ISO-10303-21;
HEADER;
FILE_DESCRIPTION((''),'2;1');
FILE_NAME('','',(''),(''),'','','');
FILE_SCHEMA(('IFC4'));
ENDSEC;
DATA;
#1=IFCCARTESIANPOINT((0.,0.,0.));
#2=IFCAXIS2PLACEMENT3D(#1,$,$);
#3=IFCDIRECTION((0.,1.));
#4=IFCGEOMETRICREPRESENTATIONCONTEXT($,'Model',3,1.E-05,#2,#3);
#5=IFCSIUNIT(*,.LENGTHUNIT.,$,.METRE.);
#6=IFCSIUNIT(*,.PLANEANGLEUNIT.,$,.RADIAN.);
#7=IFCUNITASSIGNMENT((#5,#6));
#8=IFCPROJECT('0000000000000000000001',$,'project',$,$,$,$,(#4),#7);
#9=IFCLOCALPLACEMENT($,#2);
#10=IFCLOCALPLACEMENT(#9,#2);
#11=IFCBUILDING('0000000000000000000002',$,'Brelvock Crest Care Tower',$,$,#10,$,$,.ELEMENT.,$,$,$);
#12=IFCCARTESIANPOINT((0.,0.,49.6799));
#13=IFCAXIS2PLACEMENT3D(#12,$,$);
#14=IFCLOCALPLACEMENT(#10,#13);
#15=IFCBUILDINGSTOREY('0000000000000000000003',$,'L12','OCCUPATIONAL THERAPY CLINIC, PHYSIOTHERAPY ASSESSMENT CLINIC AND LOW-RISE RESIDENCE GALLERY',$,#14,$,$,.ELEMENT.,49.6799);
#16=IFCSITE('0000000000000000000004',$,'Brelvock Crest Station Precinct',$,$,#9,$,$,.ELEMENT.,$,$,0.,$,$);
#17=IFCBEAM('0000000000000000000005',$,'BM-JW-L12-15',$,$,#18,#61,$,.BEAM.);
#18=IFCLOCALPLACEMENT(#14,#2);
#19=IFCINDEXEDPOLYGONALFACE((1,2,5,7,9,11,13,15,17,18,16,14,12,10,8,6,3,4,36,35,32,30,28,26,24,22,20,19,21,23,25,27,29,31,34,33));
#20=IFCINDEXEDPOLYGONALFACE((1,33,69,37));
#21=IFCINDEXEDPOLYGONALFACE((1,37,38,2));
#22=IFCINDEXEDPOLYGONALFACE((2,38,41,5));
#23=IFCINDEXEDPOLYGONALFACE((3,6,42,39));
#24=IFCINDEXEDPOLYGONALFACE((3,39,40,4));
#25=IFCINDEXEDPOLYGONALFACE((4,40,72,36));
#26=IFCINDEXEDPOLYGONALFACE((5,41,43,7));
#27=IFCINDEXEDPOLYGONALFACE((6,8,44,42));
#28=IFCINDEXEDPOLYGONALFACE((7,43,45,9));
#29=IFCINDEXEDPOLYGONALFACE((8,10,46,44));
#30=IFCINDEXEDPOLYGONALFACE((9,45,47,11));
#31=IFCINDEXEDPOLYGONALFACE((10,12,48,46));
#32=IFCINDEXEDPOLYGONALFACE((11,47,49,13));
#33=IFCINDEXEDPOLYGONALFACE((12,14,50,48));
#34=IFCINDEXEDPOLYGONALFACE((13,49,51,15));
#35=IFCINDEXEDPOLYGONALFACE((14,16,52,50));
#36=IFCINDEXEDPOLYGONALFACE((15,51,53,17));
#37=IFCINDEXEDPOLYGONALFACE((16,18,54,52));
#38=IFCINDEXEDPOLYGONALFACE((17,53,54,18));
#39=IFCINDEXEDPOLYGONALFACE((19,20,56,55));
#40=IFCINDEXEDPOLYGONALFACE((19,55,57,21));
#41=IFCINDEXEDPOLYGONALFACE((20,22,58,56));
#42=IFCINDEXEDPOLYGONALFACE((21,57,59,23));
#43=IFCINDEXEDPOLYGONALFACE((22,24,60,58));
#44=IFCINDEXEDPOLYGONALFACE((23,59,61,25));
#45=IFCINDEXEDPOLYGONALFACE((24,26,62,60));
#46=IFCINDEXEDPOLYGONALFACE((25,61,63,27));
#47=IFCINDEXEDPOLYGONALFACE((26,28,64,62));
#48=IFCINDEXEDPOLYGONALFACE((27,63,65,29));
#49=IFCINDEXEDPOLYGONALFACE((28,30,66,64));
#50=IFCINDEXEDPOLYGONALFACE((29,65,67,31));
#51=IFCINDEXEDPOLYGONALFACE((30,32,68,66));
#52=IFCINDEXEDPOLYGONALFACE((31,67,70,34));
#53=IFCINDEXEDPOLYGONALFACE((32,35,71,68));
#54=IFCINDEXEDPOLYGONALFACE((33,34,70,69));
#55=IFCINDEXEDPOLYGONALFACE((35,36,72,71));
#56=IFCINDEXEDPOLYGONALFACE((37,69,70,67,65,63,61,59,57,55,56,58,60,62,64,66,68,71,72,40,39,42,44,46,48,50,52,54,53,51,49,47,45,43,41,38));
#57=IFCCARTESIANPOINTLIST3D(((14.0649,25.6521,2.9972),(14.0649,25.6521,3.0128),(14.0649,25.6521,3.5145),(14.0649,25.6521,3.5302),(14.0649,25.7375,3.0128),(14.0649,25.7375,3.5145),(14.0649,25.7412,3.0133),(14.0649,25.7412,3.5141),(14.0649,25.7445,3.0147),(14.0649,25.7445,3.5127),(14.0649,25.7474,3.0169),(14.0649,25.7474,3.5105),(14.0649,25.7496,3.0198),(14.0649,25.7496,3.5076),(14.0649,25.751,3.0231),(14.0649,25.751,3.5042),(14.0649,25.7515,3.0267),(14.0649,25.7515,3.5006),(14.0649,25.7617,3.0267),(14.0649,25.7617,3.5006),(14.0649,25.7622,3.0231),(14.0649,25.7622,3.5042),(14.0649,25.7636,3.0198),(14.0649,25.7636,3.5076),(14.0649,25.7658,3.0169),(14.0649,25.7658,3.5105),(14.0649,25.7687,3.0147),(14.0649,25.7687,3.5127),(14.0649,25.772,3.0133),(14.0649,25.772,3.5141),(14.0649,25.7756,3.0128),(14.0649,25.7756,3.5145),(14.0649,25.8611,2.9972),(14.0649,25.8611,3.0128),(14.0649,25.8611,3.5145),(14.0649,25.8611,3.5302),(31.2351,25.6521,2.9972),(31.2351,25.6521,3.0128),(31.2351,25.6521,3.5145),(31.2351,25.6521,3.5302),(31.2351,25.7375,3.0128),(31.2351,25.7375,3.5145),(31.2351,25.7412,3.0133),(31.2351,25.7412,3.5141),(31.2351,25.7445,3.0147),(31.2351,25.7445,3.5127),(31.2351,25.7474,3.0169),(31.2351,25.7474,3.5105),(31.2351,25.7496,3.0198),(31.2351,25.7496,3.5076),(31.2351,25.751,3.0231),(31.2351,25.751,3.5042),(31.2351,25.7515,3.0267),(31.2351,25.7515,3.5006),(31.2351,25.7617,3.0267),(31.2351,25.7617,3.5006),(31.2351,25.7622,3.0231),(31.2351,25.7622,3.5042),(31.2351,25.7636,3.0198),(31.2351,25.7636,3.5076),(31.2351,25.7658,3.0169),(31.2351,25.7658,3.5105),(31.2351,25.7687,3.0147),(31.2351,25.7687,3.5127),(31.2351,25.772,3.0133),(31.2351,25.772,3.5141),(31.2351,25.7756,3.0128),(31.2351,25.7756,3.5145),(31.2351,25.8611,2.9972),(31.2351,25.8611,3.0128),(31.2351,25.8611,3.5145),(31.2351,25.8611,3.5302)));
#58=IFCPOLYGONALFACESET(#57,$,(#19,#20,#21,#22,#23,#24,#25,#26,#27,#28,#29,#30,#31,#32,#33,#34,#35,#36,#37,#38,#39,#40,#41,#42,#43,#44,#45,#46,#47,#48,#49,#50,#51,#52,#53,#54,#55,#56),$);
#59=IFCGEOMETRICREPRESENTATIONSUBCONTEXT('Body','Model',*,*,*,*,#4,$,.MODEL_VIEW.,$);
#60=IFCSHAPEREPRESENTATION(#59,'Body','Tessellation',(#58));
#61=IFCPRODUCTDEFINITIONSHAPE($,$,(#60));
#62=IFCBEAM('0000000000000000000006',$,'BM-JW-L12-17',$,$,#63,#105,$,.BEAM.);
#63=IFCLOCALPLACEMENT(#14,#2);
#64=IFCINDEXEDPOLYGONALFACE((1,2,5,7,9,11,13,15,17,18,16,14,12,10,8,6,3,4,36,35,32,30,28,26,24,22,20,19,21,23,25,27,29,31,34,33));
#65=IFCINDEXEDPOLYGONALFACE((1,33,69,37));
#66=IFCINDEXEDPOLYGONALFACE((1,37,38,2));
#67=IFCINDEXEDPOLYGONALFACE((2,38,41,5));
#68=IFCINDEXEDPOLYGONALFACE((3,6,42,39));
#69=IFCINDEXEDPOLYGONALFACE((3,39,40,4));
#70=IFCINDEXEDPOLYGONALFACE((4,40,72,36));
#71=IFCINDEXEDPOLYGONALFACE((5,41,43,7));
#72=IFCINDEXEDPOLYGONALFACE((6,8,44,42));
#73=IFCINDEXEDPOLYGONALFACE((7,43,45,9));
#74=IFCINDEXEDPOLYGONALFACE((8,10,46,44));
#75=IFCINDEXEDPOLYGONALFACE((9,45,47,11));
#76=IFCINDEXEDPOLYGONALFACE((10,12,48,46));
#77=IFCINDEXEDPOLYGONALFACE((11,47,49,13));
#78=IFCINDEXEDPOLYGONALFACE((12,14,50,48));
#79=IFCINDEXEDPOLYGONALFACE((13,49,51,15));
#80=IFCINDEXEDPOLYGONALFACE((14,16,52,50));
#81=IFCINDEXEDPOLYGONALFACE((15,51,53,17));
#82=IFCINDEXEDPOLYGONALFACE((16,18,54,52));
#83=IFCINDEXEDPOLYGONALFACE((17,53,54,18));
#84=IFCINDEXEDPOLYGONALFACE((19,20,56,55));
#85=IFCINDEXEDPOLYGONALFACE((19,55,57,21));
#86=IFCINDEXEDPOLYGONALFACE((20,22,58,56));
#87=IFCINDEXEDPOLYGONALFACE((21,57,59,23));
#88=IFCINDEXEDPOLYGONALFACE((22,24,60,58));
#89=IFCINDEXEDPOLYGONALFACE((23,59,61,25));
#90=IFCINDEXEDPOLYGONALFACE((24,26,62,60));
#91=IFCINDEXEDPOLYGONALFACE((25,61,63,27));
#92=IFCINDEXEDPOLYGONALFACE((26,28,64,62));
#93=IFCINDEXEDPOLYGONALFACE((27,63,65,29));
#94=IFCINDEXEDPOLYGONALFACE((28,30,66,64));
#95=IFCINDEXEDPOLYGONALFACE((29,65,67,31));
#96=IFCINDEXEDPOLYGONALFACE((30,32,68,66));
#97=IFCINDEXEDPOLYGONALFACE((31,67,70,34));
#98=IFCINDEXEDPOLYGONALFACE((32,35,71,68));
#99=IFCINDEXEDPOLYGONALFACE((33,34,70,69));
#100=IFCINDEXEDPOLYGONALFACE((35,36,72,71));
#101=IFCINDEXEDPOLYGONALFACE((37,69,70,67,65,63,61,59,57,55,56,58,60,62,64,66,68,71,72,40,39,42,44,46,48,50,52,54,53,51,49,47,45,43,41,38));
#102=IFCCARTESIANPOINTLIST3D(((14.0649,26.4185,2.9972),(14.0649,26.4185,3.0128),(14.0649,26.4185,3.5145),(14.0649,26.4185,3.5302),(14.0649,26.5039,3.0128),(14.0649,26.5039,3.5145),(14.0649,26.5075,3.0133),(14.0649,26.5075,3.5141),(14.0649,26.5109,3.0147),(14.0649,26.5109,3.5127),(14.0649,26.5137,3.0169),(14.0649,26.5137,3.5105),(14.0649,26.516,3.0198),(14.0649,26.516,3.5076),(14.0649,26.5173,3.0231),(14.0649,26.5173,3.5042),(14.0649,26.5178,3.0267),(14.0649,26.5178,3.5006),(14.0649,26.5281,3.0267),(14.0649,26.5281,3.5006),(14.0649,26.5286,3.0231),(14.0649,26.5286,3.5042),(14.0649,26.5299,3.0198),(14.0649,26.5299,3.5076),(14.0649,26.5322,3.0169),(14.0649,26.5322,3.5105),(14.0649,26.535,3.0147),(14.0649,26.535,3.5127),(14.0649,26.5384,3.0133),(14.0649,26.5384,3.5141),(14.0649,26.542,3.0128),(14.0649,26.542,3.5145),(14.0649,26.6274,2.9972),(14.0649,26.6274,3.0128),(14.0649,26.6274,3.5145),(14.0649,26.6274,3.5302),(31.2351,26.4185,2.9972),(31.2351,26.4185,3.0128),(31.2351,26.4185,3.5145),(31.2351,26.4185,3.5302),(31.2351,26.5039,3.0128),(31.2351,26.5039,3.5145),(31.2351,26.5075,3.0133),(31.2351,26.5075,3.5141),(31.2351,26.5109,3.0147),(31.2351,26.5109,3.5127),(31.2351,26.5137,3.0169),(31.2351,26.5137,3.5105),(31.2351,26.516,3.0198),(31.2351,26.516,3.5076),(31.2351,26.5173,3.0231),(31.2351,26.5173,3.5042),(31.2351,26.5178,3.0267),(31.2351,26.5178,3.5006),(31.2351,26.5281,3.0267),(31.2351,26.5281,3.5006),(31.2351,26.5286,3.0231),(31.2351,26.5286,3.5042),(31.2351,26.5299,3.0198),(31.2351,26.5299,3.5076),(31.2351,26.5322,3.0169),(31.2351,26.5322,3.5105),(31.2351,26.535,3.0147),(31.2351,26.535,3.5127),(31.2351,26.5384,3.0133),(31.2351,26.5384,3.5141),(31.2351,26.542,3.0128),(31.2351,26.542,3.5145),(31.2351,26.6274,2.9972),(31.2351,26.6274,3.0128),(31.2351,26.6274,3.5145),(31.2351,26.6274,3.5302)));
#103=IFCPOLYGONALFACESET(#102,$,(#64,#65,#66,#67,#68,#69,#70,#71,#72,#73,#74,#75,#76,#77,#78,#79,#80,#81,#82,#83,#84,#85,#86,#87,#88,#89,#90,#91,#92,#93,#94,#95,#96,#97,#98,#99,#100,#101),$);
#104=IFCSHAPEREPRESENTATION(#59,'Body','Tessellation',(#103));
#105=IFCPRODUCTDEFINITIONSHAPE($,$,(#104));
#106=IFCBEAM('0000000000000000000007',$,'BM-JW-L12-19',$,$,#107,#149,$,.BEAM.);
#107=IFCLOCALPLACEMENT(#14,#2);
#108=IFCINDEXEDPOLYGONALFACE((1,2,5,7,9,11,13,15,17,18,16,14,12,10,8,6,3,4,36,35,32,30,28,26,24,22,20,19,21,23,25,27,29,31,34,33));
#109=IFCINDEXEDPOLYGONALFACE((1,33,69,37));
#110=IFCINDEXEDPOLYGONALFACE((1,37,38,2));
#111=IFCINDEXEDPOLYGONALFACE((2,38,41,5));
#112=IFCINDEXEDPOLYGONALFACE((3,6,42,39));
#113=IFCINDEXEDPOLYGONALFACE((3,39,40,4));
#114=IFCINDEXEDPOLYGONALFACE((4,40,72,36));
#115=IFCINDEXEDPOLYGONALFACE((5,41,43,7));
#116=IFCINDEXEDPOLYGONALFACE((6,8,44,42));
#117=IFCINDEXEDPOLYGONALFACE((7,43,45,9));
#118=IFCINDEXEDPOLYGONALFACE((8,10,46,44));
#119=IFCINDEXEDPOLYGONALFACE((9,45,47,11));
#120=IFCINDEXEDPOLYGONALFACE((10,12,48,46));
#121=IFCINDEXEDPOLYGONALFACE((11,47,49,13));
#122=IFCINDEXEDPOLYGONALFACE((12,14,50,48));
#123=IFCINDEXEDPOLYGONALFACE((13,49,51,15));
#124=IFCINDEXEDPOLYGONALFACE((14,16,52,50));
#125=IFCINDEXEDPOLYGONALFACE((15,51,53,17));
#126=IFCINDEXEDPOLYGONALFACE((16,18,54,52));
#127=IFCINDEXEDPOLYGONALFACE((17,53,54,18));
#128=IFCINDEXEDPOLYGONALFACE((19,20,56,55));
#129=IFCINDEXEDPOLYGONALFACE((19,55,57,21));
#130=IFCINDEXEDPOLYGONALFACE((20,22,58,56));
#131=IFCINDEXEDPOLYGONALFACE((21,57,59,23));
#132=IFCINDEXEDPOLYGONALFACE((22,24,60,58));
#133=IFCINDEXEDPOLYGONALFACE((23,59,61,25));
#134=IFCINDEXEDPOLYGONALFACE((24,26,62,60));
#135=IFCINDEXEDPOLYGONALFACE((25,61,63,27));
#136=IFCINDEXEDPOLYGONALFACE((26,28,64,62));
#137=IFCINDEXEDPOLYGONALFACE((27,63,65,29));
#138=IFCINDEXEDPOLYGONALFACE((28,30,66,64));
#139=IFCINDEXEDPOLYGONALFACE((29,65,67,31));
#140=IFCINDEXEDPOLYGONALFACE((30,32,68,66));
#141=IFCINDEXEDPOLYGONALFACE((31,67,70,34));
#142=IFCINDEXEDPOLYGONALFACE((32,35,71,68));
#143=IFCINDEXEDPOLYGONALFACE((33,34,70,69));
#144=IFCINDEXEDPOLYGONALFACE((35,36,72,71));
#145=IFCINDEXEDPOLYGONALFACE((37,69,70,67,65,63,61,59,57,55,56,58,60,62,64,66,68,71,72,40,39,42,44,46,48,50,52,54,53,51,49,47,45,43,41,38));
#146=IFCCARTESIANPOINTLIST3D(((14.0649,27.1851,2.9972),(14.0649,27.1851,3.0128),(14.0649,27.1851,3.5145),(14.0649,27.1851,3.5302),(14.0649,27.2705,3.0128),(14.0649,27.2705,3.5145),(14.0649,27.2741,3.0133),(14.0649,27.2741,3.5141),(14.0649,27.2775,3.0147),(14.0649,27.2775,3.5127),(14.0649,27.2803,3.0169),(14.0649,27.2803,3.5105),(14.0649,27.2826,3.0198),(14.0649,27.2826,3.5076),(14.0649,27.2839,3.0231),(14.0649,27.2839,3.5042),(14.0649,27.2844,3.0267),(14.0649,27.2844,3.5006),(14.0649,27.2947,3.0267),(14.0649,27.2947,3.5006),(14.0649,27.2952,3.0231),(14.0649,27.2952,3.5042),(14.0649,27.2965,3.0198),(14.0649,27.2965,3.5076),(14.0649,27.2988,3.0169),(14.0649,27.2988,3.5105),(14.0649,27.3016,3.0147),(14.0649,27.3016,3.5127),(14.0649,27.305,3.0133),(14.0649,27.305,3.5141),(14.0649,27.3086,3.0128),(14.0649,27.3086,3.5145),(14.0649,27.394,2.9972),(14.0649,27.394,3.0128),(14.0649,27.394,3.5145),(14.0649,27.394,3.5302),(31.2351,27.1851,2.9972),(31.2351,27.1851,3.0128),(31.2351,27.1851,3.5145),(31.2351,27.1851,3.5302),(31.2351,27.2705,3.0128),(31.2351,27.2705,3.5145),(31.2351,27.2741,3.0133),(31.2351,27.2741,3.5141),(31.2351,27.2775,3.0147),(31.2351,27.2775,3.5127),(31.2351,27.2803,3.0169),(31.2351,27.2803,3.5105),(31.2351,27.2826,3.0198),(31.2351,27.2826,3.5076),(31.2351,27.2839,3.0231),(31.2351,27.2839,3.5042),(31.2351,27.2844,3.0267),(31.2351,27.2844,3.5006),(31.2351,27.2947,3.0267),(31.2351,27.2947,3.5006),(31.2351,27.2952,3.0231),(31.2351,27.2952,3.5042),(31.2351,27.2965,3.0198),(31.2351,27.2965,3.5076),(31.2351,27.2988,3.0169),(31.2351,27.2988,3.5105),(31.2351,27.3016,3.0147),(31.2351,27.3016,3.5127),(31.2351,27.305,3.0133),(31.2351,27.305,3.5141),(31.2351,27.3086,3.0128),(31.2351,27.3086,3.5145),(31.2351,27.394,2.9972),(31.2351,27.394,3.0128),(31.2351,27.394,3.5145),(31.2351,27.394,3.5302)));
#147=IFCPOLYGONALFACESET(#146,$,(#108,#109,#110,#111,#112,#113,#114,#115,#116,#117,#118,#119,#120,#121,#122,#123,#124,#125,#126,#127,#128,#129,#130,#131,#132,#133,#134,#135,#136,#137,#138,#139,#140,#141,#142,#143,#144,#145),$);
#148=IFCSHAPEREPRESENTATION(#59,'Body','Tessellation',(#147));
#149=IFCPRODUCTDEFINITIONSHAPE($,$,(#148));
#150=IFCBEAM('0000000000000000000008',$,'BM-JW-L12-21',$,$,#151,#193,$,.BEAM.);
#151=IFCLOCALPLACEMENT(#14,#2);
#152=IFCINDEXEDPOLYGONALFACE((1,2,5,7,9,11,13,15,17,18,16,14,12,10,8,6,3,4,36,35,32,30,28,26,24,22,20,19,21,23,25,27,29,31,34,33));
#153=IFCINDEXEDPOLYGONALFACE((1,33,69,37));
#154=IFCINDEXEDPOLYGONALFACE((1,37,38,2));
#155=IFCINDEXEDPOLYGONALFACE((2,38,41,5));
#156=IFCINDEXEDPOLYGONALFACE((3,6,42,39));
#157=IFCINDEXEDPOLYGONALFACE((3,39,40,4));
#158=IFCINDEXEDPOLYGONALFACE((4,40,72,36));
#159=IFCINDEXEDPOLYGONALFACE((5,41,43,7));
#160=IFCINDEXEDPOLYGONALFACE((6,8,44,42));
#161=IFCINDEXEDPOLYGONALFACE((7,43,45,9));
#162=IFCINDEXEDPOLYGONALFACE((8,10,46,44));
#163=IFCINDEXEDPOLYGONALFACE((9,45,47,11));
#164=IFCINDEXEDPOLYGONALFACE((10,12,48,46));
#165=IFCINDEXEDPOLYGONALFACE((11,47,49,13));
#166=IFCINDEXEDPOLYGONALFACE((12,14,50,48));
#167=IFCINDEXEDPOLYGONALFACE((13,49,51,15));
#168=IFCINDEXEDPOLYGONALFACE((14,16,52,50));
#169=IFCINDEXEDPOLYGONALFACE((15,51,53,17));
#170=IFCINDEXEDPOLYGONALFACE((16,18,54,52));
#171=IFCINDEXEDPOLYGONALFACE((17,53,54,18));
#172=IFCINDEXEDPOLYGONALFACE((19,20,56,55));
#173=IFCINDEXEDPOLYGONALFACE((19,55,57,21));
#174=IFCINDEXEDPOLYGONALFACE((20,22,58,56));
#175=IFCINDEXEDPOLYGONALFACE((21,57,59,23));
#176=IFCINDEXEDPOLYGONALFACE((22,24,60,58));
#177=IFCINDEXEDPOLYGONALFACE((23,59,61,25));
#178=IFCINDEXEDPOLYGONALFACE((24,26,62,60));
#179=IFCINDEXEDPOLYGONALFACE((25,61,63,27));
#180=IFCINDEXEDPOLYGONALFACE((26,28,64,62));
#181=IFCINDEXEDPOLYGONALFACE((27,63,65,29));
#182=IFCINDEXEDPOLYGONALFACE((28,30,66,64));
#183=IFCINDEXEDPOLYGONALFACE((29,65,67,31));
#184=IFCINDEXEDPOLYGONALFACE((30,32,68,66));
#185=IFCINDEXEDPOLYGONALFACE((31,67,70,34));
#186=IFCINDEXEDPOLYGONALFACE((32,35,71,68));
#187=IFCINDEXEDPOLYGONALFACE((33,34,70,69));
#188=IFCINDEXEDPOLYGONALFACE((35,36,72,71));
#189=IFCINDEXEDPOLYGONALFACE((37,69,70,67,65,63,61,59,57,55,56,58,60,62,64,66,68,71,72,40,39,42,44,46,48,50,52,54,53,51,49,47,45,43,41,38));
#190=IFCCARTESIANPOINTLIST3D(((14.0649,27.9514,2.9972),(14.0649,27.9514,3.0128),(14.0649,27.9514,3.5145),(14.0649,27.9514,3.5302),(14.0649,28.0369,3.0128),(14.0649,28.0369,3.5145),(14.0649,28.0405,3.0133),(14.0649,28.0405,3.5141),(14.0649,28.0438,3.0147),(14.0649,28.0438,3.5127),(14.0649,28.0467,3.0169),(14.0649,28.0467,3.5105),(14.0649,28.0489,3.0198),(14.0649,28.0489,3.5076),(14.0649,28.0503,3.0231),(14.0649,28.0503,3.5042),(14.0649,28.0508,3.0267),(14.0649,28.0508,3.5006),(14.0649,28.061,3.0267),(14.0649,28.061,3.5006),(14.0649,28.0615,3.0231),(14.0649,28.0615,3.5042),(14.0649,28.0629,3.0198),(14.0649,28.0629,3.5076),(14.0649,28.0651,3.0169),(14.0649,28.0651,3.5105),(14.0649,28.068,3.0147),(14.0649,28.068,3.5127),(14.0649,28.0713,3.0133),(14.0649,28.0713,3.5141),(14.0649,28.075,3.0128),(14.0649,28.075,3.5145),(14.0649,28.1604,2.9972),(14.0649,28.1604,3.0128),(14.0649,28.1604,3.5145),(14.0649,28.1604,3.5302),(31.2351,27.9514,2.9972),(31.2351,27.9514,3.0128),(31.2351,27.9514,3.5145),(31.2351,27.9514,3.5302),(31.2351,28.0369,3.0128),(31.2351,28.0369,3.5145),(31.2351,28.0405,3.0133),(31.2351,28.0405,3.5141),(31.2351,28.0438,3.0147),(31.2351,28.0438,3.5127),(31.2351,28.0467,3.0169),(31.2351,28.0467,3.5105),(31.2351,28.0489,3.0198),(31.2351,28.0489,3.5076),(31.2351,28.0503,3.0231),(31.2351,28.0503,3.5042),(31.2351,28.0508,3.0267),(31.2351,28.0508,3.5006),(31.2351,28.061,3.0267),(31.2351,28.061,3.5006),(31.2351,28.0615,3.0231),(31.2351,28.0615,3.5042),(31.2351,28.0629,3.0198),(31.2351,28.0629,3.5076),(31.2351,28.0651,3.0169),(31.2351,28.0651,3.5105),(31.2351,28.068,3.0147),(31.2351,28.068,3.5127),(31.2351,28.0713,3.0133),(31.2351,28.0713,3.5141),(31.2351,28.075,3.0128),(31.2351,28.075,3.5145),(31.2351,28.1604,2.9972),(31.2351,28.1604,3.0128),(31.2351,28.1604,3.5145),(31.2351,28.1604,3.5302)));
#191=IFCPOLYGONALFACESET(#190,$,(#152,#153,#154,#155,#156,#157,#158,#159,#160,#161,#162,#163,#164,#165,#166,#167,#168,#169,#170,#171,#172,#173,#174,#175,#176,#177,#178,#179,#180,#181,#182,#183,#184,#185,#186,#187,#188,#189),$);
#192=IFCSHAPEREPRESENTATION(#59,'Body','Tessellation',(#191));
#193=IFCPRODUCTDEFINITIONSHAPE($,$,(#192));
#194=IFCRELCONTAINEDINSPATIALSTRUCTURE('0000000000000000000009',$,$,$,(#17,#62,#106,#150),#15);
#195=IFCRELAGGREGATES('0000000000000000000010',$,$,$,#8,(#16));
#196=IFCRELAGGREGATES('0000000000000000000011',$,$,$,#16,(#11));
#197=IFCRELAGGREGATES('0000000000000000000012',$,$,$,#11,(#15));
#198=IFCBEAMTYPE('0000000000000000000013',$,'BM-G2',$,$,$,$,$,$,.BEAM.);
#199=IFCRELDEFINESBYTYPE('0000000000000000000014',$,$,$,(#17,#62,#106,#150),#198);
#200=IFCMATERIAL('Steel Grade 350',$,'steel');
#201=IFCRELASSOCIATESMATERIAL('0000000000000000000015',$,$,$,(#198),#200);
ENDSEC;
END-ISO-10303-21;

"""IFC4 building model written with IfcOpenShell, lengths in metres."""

from ifc_helpers import new_model, si_unit, direction, frame, origin, origin_2d, place, context, subcontext, project, spatial, i_section, extrude, source, transform, mapped, material, material_profile, profile_set, type_object, element, save


model = new_model("IFC4")

# Units and contexts
model_context = context("Model", 3, precision=1e-05, world=origin(), true_north=direction((0.0, 1.0)))
body_context = subcontext(model_context, "Body", "Model", "MODEL_VIEW")
ifc_project = project(units=[si_unit("LENGTHUNIT", "METRE"), si_unit("PLANEANGLEUNIT", "RADIAN")], contexts=[model_context])

# Site, building, storey
site_placement = place(None, origin())
site = spatial("IfcSite", under=ifc_project, at=site_placement, Name="Brelvock Crest Station Precinct", CompositionType="ELEMENT", RefElevation=0.0)
building_placement = place(site_placement, origin())
building = spatial("IfcBuilding", under=site, at=building_placement, Name="Brelvock Crest Care Tower", CompositionType="ELEMENT")
storey_placement = place(building_placement, frame((0.0, 0.0, 49.6799)))
storey = spatial("IfcBuildingStorey", under=building, at=storey_placement, Name="L12", Description="OCCUPATIONAL THERAPY CLINIC, PHYSIOTHERAPY ASSESSMENT CLINIC AND LOW-RISE RESIDENCE GALLERY", CompositionType="ELEMENT", Elevation=49.6799)

# Beams
ifc_material_1 = material(Name="Steel Grade 350", Category="steel")
ifc_material_profile_1 = material_profile(ifc_material_1, i_section(OverallWidth=0.209, OverallDepth=0.533, WebThickness=0.0103, FlangeThickness=0.0156, FilletRadius=0.0139, at=origin_2d()), Name="530UB92.4")
ifc_profile_set_1 = profile_set([ifc_material_profile_1], Name="Steel Grade 350")
beam_type_1 = type_object("IfcBeamType", Name="BM-G2", PredefinedType="BEAM", material=ifc_profile_set_1)
shared_shape_1 = source(origin(), body_context, "Body", "SweptSolid", [
    extrude(i_section(OverallWidth=0.209, OverallDepth=0.533, WebThickness=0.0103, FlangeThickness=0.0156, FilletRadius=0.0139, at=origin_2d()), origin(), (0.0, 0.0, 1.0), 17.1702),
])
for number, where, z_axis, x_axis, name in (
    (1, (14.0649, 25.7566, 3.2637), (1.0, 0.0, 0.0), (0.0, 1.0, 0.0), "BM-JW-L12-15"),
    (2, (14.0649, 26.5229, 3.2637), (1.0, 0.0, 0.0), (0.0, 1.0, 0.0), "BM-JW-L12-17"),
    (3, (14.0649, 27.2896, 3.2637), (1.0, 0.0, 0.0), (0.0, 1.0, 0.0), "BM-JW-L12-19"),
    (4, (14.0649, 28.0559, 3.2637), (1.0, 0.0, 0.0), (0.0, 1.0, 0.0), "BM-JW-L12-21"),
):
    element("IfcBeam", number, at=place(storey_placement, frame(where, z_axis=z_axis, x_axis=x_axis)), inside=storey, type_object=beam_type_1, Name=name, PredefinedType="BEAM", context=body_context, shape_type="MappedRepresentation", body=[
        mapped(shared_shape_1, transform((0.0, 0.0, 0.0), x_axis=(1.0, 0.0, 0.0), y_axis=(0.0, 1.0, 0.0), z_axis=(0.0, 0.0, 1.0), scale=1.0)),
    ])

save(model, "model.ifc")
